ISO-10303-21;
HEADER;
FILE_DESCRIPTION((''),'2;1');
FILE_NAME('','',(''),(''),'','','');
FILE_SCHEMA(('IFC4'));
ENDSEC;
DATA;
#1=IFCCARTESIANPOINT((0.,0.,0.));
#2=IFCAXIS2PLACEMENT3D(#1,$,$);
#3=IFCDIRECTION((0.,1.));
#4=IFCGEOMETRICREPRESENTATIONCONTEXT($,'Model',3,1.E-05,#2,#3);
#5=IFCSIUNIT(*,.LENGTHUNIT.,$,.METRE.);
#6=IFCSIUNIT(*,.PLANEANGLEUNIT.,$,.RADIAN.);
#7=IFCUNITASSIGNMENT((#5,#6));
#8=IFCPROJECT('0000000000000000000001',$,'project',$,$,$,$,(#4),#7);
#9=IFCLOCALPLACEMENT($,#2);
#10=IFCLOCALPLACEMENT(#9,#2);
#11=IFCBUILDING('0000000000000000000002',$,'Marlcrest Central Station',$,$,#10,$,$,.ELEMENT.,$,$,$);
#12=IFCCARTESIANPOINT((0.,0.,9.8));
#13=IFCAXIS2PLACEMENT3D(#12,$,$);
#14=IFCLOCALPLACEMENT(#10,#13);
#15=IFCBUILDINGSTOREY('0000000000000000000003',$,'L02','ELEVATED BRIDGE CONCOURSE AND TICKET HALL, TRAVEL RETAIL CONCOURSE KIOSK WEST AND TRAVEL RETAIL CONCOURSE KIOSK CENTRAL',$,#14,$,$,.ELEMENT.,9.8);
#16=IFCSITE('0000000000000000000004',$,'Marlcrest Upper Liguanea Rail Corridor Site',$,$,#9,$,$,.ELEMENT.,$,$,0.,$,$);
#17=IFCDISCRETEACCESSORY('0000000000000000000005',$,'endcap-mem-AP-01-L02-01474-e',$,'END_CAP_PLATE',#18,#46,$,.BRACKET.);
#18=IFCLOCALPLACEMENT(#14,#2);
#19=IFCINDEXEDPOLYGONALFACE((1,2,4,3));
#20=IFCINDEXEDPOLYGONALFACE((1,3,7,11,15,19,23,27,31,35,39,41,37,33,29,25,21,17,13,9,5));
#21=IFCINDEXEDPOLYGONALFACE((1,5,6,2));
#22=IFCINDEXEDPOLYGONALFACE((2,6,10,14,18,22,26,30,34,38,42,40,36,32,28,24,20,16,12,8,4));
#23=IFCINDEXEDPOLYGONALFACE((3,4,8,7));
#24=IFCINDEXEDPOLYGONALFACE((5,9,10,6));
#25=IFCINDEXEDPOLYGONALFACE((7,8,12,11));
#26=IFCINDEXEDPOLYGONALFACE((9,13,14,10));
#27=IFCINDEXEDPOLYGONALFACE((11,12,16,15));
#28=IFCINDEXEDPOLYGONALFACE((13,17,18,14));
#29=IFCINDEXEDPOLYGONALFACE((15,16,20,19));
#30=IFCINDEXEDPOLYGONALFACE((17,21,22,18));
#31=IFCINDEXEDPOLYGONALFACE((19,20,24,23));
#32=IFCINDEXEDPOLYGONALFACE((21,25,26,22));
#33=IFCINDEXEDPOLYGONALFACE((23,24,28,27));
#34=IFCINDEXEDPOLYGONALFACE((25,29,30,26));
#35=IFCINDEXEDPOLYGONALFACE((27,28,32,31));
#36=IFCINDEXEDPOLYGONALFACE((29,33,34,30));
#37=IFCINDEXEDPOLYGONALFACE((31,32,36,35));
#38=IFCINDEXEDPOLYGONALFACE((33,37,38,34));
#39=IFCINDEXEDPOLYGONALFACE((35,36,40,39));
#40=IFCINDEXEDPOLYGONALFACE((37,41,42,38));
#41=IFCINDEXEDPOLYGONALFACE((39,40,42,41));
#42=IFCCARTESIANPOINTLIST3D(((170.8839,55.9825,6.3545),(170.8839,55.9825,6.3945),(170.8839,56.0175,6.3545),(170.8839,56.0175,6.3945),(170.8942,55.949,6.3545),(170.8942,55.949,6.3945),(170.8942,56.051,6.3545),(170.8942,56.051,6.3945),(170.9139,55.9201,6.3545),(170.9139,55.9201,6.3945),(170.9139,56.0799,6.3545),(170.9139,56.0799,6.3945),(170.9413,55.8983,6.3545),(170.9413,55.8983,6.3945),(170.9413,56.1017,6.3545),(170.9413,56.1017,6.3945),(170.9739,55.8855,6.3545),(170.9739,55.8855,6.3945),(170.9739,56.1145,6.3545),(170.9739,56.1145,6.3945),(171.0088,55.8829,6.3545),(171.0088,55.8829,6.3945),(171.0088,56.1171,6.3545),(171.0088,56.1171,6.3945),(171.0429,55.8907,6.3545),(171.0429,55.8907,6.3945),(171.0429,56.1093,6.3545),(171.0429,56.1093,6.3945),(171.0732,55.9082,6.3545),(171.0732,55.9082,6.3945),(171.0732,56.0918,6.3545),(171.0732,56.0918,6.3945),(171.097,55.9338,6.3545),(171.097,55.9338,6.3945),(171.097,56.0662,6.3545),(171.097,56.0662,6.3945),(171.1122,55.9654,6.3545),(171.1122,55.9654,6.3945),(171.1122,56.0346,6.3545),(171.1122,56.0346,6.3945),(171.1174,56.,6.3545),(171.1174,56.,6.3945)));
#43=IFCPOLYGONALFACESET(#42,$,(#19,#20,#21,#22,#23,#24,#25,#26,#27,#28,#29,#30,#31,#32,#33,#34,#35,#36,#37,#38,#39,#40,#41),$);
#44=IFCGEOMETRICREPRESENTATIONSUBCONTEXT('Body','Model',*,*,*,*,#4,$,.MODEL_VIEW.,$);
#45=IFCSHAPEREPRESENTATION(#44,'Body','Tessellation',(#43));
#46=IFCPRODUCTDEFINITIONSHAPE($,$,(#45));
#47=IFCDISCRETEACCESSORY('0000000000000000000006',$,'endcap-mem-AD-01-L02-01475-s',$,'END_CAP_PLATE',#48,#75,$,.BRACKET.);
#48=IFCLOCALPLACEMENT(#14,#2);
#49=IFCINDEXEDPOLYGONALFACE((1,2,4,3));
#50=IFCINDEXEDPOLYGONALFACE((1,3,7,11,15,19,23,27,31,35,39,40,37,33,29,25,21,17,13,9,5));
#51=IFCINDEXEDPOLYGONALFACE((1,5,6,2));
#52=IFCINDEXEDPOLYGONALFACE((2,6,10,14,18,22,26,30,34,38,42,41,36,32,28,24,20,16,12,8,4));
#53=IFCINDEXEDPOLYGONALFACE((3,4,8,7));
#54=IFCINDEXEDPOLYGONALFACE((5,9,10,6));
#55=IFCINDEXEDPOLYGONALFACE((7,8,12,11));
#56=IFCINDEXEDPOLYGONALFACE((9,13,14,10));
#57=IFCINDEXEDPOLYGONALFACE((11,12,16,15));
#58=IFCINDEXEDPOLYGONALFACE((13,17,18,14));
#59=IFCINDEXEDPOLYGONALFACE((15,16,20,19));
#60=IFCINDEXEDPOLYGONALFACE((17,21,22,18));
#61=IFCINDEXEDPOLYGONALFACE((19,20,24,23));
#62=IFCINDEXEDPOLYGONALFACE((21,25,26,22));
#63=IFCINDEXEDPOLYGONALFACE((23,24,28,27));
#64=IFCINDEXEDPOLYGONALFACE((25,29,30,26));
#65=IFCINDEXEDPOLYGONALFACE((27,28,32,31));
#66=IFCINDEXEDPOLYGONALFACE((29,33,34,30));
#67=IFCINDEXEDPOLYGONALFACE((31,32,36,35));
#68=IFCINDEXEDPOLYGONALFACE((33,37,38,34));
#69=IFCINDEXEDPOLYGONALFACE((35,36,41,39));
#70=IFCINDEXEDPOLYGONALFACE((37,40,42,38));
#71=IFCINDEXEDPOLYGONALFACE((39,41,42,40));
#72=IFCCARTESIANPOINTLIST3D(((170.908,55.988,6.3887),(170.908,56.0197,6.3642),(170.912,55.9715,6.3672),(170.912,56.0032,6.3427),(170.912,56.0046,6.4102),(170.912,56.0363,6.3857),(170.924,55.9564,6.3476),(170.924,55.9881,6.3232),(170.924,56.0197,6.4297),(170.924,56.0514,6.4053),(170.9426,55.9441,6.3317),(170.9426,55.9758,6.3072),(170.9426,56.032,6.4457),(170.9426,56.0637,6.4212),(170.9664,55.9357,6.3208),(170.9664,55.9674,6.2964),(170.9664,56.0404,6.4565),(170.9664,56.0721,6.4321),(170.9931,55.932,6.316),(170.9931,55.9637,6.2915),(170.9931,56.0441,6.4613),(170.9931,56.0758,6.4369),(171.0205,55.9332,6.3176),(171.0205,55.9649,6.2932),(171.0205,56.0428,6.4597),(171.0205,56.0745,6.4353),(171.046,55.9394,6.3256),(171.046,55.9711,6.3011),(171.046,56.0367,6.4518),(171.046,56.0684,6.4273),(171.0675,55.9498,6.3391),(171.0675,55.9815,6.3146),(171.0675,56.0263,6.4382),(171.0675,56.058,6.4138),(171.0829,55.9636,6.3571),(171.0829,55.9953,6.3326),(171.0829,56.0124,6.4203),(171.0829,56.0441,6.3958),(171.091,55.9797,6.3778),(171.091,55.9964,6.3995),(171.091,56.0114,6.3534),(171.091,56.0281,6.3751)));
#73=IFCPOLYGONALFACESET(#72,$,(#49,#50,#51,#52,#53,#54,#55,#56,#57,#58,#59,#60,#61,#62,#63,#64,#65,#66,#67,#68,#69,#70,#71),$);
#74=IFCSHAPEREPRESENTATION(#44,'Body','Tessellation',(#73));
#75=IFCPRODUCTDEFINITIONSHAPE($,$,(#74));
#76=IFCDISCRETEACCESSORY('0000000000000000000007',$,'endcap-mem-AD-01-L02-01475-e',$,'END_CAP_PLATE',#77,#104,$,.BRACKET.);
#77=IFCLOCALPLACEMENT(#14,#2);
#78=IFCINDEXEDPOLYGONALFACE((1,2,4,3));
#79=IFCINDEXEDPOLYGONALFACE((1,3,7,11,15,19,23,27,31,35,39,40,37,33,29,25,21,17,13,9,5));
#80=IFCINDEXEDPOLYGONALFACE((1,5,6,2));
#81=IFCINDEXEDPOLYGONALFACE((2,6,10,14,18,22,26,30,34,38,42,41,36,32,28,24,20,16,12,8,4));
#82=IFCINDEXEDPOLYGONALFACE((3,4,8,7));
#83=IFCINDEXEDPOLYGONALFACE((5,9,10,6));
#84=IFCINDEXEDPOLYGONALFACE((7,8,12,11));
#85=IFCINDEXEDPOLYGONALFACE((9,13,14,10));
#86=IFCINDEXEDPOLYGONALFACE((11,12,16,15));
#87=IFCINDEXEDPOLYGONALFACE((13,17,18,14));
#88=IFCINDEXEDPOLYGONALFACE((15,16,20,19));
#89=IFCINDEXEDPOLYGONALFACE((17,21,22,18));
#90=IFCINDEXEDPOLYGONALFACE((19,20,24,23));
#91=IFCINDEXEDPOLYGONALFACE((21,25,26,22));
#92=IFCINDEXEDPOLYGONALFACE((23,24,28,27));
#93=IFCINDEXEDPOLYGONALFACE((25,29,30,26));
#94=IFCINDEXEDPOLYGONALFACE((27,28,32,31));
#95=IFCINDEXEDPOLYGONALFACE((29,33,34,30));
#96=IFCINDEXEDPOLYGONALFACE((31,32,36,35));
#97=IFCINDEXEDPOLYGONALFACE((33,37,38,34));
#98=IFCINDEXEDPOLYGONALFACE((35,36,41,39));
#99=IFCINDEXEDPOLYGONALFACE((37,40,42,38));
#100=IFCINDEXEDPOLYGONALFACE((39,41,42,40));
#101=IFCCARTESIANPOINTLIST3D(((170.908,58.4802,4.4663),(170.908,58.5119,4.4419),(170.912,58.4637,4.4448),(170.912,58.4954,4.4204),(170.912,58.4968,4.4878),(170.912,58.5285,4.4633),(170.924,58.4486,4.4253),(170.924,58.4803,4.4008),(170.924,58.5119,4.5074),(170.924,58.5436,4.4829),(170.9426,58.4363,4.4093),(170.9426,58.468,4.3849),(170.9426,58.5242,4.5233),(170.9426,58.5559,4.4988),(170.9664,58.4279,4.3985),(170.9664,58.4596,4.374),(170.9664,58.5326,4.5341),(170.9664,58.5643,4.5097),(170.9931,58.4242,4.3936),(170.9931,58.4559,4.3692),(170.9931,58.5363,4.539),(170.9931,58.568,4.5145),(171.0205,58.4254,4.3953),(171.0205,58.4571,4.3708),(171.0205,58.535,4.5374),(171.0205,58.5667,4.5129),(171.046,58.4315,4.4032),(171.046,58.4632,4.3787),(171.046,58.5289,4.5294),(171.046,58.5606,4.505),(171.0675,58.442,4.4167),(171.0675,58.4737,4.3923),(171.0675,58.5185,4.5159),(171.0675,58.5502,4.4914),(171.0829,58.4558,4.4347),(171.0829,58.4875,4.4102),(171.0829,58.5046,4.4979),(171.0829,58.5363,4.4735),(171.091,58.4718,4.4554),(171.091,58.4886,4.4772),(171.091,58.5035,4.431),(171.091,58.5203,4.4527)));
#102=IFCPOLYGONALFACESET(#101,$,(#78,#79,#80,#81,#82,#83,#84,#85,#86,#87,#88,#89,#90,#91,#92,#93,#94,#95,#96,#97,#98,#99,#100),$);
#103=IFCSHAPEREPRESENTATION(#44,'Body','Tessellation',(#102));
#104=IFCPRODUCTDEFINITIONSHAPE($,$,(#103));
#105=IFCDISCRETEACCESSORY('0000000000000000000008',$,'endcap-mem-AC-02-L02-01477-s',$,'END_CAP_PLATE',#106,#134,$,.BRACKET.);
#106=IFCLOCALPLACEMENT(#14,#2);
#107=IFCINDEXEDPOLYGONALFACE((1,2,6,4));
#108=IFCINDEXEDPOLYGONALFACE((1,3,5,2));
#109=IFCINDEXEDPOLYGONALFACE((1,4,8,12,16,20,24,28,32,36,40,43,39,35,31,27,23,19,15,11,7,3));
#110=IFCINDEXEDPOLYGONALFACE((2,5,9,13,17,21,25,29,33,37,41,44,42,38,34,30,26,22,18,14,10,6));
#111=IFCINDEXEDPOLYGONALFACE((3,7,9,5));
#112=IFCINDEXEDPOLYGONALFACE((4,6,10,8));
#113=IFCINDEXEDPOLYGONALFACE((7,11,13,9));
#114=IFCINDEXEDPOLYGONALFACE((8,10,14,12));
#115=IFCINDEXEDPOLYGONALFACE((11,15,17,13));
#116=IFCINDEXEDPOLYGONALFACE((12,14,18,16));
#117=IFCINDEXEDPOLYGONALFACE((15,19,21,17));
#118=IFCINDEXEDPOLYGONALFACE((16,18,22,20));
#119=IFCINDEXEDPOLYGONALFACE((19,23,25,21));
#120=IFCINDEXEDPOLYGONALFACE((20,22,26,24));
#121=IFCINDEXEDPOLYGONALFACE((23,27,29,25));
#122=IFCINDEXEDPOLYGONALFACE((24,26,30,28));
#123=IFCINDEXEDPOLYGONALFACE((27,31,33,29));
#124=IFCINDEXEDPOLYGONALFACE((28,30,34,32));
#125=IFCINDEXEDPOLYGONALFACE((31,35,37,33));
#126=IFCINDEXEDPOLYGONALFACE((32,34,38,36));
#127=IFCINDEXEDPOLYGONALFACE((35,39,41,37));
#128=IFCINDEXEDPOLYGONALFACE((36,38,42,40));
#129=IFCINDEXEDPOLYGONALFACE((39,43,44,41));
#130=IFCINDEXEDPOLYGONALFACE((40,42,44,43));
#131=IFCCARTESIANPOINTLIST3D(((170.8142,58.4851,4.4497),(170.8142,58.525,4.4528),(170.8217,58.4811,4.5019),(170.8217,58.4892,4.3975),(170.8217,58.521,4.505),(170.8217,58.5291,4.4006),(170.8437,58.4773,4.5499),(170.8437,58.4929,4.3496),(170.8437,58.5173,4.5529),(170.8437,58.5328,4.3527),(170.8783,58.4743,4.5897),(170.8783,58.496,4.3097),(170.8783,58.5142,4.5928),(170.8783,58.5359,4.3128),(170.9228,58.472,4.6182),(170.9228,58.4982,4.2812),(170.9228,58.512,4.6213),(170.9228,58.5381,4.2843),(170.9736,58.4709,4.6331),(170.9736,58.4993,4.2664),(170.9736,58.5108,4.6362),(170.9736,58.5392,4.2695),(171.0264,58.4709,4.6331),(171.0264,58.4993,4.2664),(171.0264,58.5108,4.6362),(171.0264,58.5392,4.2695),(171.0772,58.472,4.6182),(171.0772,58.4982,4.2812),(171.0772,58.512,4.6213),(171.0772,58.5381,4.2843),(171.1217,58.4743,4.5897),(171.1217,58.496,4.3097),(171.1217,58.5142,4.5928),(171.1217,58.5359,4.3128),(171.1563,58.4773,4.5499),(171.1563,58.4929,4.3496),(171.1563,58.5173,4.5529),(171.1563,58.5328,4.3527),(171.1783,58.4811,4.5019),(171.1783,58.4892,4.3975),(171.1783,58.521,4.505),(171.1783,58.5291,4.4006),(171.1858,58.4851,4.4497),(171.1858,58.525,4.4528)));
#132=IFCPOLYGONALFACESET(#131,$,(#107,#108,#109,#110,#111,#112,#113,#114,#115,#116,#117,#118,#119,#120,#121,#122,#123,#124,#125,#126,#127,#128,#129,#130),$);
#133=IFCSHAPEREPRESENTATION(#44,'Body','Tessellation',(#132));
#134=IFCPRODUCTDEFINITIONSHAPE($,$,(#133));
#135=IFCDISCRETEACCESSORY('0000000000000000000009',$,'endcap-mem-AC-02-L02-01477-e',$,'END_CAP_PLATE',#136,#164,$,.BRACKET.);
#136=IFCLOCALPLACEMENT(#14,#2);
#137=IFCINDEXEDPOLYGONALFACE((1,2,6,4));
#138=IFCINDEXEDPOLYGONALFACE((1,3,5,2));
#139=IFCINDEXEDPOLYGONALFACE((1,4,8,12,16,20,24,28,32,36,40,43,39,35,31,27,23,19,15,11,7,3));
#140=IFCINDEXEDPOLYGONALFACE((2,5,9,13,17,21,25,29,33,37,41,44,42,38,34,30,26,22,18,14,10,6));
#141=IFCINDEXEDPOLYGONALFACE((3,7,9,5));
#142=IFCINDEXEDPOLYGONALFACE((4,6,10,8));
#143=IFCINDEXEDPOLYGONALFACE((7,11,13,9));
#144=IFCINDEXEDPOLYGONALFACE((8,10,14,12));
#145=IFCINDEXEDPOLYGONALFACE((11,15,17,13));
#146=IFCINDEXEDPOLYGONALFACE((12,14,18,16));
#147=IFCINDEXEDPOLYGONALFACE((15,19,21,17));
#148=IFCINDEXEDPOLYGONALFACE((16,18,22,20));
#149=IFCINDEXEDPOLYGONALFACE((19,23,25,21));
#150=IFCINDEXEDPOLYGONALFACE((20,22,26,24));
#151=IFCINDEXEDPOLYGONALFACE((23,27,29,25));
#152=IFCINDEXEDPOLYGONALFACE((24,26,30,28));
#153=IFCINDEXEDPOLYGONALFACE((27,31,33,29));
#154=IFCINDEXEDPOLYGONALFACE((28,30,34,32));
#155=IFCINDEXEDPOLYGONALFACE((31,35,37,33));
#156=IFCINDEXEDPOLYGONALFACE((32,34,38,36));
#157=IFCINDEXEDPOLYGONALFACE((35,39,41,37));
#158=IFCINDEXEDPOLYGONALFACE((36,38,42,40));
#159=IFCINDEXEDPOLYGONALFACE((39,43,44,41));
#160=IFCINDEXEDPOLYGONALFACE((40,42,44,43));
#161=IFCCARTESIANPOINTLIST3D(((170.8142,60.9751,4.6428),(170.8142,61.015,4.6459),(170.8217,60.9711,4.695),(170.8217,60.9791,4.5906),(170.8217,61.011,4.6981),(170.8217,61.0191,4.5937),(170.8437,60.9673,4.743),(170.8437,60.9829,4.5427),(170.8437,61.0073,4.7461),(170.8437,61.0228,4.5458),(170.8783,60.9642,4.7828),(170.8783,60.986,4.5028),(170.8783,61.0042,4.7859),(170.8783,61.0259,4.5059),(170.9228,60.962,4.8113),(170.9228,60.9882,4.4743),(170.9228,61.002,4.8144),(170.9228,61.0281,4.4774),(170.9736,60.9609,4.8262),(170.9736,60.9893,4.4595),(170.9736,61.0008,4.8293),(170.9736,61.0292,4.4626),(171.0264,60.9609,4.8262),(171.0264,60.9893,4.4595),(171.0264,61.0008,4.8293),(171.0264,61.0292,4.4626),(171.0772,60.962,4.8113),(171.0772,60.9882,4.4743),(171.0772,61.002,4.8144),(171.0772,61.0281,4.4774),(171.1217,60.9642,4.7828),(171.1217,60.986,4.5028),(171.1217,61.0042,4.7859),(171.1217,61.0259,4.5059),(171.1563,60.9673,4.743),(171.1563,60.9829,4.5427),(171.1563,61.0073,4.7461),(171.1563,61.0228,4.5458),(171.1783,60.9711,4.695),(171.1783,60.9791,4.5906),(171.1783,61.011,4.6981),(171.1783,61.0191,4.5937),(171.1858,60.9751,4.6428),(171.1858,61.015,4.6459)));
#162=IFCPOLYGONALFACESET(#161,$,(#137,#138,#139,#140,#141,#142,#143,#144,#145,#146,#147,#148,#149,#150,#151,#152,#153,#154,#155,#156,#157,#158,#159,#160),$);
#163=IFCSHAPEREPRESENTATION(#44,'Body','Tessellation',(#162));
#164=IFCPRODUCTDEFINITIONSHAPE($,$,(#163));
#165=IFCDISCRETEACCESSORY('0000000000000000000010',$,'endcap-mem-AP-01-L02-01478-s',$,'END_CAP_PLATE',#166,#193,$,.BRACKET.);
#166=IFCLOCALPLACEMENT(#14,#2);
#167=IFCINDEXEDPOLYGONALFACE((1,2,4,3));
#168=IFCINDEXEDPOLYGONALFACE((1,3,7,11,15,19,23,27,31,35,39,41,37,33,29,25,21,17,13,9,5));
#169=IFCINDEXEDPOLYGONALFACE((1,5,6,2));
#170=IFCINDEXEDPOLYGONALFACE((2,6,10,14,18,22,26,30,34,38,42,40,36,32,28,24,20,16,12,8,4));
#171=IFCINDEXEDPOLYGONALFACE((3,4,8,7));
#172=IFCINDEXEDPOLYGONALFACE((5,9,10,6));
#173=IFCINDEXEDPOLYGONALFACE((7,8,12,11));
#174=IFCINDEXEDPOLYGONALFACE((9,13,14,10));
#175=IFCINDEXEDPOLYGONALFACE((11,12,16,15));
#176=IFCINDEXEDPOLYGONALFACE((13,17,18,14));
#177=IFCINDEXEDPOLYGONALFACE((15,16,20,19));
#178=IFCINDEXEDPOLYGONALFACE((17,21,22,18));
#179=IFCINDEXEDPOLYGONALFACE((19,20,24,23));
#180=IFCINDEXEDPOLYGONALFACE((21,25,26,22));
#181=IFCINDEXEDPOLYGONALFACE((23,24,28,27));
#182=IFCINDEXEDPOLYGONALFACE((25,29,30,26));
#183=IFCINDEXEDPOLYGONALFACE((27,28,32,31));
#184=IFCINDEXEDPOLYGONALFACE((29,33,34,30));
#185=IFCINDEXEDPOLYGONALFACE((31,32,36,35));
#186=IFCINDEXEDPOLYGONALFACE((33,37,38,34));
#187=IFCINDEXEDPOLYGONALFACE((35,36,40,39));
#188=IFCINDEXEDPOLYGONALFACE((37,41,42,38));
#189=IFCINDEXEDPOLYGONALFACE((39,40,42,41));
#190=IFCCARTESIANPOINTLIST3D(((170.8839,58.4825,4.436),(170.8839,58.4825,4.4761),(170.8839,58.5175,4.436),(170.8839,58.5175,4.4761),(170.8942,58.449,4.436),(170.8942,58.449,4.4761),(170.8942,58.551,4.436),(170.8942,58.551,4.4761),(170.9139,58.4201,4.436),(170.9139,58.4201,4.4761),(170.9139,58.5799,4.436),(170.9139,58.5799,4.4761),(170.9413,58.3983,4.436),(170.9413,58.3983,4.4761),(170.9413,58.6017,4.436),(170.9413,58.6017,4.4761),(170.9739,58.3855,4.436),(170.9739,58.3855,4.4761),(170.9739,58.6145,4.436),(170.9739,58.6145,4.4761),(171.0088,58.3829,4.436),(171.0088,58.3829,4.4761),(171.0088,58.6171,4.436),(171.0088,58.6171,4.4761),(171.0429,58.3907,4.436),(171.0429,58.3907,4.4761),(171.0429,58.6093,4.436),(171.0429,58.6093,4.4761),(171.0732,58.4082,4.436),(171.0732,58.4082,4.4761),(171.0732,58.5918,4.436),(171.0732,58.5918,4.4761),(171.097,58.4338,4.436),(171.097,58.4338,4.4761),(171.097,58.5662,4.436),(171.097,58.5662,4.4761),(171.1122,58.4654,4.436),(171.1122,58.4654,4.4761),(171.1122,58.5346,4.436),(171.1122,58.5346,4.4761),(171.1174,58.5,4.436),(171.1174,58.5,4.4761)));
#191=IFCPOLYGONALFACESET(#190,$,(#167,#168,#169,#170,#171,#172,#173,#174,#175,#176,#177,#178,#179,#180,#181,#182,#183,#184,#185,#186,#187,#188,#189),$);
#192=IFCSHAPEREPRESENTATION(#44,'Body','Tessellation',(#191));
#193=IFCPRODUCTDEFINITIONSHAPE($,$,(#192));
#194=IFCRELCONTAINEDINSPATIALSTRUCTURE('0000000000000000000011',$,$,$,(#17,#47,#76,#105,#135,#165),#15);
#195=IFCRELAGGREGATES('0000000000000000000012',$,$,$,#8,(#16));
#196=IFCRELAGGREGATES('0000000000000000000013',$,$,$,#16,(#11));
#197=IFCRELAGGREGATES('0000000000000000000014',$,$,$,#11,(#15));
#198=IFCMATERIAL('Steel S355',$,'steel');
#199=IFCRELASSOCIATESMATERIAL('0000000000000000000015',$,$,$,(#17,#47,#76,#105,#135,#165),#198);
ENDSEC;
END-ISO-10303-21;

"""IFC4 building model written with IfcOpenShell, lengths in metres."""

from ifc_helpers import new_model, si_unit, direction, frame, origin, origin_2d, place, context, subcontext, project, spatial, circle, extrude, material, element, save


model = new_model("IFC4")

# Units and contexts
model_context = context("Model", 3, precision=1e-05, world=origin(), true_north=direction((0.0, 1.0)))
body_context = subcontext(model_context, "Body", "Model", "MODEL_VIEW")
ifc_project = project(units=[si_unit("LENGTHUNIT", "METRE"), si_unit("PLANEANGLEUNIT", "RADIAN")], contexts=[model_context])

# Site, building, storey
site_placement = place(None, origin())
site = spatial("IfcSite", under=ifc_project, at=site_placement, Name="Marlcrest Upper Liguanea Rail Corridor Site", CompositionType="ELEMENT", RefElevation=0.0)
building_placement = place(site_placement, origin())
building = spatial("IfcBuilding", under=site, at=building_placement, Name="Marlcrest Central Station", CompositionType="ELEMENT")
storey_placement = place(building_placement, frame((0.0, 0.0, 9.8)))
storey = spatial("IfcBuildingStorey", under=building, at=storey_placement, Name="L02", Description="ELEVATED BRIDGE CONCOURSE AND TICKET HALL, TRAVEL RETAIL CONCOURSE KIOSK WEST AND TRAVEL RETAIL CONCOURSE KIOSK CENTRAL", CompositionType="ELEMENT", Elevation=9.8)

# Shared definitions
ifc_material = material(Name="Steel S355", Category="steel")

# Discrete accessories
for number, where, z_axis, x_axis, name in (
    (1, (171.0, 56.0, 6.3545), (0.0, 0.0, 1.0), (1.0, 0.0, 0.0), "endcap-mem-AP-01-L02-01474-e"),
):
    element("IfcDiscreteAccessory", number, at=place(storey_placement, frame(where, z_axis=z_axis, x_axis=x_axis)), inside=storey, material=ifc_material, Name=name, ObjectType="END_CAP_PLATE", PredefinedType="BRACKET", context=body_context, shape_type="SweptSolid", body=[
        extrude(circle(Radius=0.1174, at=origin_2d()), origin(), (0.0, 0.0, 1.0), 0.04),
    ])
for number, where, z_axis, x_axis, name in (
    (2, (171.0, 55.988, 6.3887), (0.0, 0.791798, -0.610783), (-1.0, 0.0, 0.0), "endcap-mem-AD-01-L02-01475-s"),
    (3, (171.0, 58.4802, 4.4663), (0.0, 0.791798, -0.610783), (-1.0, 0.0, 0.0), "endcap-mem-AD-01-L02-01475-e"),
):
    element("IfcDiscreteAccessory", number, at=place(storey_placement, frame(where, z_axis=z_axis, x_axis=x_axis)), inside=storey, material=ifc_material, Name=name, ObjectType="END_CAP_PLATE", PredefinedType="BRACKET", context=body_context, shape_type="SweptSolid", body=[
        extrude(circle(Radius=0.092, at=origin_2d()), origin(), (0.0, 0.0, 1.0), 0.04),
    ])
for number, where, z_axis, x_axis, name in (
    (4, (171.0, 58.4851, 4.4497), (0.0, 0.997007, 0.077307), (-1.0, 0.0, 0.0), "endcap-mem-AC-02-L02-01477-s"),
    (5, (171.0, 60.9751, 4.6428), (0.0, 0.997007, 0.077307), (-1.0, 0.0, 0.0), "endcap-mem-AC-02-L02-01477-e"),
):
    element("IfcDiscreteAccessory", number, at=place(storey_placement, frame(where, z_axis=z_axis, x_axis=x_axis)), inside=storey, material=ifc_material, Name=name, ObjectType="END_CAP_PLATE", PredefinedType="BRACKET", context=body_context, shape_type="SweptSolid", body=[
        extrude(circle(Radius=0.1858, at=origin_2d()), origin(), (0.0, 0.0, 1.0), 0.04),
    ])
for number, where, z_axis, x_axis, name in (
    (6, (171.0, 58.5, 4.436), (0.0, 0.0, 1.0), (1.0, 0.0, 0.0), "endcap-mem-AP-01-L02-01478-s"),
):
    element("IfcDiscreteAccessory", number, at=place(storey_placement, frame(where, z_axis=z_axis, x_axis=x_axis)), inside=storey, material=ifc_material, Name=name, ObjectType="END_CAP_PLATE", PredefinedType="BRACKET", context=body_context, shape_type="SweptSolid", body=[
        extrude(circle(Radius=0.1174, at=origin_2d()), origin(), (0.0, 0.0, 1.0), 0.04),
    ])

save(model, "model.ifc")
